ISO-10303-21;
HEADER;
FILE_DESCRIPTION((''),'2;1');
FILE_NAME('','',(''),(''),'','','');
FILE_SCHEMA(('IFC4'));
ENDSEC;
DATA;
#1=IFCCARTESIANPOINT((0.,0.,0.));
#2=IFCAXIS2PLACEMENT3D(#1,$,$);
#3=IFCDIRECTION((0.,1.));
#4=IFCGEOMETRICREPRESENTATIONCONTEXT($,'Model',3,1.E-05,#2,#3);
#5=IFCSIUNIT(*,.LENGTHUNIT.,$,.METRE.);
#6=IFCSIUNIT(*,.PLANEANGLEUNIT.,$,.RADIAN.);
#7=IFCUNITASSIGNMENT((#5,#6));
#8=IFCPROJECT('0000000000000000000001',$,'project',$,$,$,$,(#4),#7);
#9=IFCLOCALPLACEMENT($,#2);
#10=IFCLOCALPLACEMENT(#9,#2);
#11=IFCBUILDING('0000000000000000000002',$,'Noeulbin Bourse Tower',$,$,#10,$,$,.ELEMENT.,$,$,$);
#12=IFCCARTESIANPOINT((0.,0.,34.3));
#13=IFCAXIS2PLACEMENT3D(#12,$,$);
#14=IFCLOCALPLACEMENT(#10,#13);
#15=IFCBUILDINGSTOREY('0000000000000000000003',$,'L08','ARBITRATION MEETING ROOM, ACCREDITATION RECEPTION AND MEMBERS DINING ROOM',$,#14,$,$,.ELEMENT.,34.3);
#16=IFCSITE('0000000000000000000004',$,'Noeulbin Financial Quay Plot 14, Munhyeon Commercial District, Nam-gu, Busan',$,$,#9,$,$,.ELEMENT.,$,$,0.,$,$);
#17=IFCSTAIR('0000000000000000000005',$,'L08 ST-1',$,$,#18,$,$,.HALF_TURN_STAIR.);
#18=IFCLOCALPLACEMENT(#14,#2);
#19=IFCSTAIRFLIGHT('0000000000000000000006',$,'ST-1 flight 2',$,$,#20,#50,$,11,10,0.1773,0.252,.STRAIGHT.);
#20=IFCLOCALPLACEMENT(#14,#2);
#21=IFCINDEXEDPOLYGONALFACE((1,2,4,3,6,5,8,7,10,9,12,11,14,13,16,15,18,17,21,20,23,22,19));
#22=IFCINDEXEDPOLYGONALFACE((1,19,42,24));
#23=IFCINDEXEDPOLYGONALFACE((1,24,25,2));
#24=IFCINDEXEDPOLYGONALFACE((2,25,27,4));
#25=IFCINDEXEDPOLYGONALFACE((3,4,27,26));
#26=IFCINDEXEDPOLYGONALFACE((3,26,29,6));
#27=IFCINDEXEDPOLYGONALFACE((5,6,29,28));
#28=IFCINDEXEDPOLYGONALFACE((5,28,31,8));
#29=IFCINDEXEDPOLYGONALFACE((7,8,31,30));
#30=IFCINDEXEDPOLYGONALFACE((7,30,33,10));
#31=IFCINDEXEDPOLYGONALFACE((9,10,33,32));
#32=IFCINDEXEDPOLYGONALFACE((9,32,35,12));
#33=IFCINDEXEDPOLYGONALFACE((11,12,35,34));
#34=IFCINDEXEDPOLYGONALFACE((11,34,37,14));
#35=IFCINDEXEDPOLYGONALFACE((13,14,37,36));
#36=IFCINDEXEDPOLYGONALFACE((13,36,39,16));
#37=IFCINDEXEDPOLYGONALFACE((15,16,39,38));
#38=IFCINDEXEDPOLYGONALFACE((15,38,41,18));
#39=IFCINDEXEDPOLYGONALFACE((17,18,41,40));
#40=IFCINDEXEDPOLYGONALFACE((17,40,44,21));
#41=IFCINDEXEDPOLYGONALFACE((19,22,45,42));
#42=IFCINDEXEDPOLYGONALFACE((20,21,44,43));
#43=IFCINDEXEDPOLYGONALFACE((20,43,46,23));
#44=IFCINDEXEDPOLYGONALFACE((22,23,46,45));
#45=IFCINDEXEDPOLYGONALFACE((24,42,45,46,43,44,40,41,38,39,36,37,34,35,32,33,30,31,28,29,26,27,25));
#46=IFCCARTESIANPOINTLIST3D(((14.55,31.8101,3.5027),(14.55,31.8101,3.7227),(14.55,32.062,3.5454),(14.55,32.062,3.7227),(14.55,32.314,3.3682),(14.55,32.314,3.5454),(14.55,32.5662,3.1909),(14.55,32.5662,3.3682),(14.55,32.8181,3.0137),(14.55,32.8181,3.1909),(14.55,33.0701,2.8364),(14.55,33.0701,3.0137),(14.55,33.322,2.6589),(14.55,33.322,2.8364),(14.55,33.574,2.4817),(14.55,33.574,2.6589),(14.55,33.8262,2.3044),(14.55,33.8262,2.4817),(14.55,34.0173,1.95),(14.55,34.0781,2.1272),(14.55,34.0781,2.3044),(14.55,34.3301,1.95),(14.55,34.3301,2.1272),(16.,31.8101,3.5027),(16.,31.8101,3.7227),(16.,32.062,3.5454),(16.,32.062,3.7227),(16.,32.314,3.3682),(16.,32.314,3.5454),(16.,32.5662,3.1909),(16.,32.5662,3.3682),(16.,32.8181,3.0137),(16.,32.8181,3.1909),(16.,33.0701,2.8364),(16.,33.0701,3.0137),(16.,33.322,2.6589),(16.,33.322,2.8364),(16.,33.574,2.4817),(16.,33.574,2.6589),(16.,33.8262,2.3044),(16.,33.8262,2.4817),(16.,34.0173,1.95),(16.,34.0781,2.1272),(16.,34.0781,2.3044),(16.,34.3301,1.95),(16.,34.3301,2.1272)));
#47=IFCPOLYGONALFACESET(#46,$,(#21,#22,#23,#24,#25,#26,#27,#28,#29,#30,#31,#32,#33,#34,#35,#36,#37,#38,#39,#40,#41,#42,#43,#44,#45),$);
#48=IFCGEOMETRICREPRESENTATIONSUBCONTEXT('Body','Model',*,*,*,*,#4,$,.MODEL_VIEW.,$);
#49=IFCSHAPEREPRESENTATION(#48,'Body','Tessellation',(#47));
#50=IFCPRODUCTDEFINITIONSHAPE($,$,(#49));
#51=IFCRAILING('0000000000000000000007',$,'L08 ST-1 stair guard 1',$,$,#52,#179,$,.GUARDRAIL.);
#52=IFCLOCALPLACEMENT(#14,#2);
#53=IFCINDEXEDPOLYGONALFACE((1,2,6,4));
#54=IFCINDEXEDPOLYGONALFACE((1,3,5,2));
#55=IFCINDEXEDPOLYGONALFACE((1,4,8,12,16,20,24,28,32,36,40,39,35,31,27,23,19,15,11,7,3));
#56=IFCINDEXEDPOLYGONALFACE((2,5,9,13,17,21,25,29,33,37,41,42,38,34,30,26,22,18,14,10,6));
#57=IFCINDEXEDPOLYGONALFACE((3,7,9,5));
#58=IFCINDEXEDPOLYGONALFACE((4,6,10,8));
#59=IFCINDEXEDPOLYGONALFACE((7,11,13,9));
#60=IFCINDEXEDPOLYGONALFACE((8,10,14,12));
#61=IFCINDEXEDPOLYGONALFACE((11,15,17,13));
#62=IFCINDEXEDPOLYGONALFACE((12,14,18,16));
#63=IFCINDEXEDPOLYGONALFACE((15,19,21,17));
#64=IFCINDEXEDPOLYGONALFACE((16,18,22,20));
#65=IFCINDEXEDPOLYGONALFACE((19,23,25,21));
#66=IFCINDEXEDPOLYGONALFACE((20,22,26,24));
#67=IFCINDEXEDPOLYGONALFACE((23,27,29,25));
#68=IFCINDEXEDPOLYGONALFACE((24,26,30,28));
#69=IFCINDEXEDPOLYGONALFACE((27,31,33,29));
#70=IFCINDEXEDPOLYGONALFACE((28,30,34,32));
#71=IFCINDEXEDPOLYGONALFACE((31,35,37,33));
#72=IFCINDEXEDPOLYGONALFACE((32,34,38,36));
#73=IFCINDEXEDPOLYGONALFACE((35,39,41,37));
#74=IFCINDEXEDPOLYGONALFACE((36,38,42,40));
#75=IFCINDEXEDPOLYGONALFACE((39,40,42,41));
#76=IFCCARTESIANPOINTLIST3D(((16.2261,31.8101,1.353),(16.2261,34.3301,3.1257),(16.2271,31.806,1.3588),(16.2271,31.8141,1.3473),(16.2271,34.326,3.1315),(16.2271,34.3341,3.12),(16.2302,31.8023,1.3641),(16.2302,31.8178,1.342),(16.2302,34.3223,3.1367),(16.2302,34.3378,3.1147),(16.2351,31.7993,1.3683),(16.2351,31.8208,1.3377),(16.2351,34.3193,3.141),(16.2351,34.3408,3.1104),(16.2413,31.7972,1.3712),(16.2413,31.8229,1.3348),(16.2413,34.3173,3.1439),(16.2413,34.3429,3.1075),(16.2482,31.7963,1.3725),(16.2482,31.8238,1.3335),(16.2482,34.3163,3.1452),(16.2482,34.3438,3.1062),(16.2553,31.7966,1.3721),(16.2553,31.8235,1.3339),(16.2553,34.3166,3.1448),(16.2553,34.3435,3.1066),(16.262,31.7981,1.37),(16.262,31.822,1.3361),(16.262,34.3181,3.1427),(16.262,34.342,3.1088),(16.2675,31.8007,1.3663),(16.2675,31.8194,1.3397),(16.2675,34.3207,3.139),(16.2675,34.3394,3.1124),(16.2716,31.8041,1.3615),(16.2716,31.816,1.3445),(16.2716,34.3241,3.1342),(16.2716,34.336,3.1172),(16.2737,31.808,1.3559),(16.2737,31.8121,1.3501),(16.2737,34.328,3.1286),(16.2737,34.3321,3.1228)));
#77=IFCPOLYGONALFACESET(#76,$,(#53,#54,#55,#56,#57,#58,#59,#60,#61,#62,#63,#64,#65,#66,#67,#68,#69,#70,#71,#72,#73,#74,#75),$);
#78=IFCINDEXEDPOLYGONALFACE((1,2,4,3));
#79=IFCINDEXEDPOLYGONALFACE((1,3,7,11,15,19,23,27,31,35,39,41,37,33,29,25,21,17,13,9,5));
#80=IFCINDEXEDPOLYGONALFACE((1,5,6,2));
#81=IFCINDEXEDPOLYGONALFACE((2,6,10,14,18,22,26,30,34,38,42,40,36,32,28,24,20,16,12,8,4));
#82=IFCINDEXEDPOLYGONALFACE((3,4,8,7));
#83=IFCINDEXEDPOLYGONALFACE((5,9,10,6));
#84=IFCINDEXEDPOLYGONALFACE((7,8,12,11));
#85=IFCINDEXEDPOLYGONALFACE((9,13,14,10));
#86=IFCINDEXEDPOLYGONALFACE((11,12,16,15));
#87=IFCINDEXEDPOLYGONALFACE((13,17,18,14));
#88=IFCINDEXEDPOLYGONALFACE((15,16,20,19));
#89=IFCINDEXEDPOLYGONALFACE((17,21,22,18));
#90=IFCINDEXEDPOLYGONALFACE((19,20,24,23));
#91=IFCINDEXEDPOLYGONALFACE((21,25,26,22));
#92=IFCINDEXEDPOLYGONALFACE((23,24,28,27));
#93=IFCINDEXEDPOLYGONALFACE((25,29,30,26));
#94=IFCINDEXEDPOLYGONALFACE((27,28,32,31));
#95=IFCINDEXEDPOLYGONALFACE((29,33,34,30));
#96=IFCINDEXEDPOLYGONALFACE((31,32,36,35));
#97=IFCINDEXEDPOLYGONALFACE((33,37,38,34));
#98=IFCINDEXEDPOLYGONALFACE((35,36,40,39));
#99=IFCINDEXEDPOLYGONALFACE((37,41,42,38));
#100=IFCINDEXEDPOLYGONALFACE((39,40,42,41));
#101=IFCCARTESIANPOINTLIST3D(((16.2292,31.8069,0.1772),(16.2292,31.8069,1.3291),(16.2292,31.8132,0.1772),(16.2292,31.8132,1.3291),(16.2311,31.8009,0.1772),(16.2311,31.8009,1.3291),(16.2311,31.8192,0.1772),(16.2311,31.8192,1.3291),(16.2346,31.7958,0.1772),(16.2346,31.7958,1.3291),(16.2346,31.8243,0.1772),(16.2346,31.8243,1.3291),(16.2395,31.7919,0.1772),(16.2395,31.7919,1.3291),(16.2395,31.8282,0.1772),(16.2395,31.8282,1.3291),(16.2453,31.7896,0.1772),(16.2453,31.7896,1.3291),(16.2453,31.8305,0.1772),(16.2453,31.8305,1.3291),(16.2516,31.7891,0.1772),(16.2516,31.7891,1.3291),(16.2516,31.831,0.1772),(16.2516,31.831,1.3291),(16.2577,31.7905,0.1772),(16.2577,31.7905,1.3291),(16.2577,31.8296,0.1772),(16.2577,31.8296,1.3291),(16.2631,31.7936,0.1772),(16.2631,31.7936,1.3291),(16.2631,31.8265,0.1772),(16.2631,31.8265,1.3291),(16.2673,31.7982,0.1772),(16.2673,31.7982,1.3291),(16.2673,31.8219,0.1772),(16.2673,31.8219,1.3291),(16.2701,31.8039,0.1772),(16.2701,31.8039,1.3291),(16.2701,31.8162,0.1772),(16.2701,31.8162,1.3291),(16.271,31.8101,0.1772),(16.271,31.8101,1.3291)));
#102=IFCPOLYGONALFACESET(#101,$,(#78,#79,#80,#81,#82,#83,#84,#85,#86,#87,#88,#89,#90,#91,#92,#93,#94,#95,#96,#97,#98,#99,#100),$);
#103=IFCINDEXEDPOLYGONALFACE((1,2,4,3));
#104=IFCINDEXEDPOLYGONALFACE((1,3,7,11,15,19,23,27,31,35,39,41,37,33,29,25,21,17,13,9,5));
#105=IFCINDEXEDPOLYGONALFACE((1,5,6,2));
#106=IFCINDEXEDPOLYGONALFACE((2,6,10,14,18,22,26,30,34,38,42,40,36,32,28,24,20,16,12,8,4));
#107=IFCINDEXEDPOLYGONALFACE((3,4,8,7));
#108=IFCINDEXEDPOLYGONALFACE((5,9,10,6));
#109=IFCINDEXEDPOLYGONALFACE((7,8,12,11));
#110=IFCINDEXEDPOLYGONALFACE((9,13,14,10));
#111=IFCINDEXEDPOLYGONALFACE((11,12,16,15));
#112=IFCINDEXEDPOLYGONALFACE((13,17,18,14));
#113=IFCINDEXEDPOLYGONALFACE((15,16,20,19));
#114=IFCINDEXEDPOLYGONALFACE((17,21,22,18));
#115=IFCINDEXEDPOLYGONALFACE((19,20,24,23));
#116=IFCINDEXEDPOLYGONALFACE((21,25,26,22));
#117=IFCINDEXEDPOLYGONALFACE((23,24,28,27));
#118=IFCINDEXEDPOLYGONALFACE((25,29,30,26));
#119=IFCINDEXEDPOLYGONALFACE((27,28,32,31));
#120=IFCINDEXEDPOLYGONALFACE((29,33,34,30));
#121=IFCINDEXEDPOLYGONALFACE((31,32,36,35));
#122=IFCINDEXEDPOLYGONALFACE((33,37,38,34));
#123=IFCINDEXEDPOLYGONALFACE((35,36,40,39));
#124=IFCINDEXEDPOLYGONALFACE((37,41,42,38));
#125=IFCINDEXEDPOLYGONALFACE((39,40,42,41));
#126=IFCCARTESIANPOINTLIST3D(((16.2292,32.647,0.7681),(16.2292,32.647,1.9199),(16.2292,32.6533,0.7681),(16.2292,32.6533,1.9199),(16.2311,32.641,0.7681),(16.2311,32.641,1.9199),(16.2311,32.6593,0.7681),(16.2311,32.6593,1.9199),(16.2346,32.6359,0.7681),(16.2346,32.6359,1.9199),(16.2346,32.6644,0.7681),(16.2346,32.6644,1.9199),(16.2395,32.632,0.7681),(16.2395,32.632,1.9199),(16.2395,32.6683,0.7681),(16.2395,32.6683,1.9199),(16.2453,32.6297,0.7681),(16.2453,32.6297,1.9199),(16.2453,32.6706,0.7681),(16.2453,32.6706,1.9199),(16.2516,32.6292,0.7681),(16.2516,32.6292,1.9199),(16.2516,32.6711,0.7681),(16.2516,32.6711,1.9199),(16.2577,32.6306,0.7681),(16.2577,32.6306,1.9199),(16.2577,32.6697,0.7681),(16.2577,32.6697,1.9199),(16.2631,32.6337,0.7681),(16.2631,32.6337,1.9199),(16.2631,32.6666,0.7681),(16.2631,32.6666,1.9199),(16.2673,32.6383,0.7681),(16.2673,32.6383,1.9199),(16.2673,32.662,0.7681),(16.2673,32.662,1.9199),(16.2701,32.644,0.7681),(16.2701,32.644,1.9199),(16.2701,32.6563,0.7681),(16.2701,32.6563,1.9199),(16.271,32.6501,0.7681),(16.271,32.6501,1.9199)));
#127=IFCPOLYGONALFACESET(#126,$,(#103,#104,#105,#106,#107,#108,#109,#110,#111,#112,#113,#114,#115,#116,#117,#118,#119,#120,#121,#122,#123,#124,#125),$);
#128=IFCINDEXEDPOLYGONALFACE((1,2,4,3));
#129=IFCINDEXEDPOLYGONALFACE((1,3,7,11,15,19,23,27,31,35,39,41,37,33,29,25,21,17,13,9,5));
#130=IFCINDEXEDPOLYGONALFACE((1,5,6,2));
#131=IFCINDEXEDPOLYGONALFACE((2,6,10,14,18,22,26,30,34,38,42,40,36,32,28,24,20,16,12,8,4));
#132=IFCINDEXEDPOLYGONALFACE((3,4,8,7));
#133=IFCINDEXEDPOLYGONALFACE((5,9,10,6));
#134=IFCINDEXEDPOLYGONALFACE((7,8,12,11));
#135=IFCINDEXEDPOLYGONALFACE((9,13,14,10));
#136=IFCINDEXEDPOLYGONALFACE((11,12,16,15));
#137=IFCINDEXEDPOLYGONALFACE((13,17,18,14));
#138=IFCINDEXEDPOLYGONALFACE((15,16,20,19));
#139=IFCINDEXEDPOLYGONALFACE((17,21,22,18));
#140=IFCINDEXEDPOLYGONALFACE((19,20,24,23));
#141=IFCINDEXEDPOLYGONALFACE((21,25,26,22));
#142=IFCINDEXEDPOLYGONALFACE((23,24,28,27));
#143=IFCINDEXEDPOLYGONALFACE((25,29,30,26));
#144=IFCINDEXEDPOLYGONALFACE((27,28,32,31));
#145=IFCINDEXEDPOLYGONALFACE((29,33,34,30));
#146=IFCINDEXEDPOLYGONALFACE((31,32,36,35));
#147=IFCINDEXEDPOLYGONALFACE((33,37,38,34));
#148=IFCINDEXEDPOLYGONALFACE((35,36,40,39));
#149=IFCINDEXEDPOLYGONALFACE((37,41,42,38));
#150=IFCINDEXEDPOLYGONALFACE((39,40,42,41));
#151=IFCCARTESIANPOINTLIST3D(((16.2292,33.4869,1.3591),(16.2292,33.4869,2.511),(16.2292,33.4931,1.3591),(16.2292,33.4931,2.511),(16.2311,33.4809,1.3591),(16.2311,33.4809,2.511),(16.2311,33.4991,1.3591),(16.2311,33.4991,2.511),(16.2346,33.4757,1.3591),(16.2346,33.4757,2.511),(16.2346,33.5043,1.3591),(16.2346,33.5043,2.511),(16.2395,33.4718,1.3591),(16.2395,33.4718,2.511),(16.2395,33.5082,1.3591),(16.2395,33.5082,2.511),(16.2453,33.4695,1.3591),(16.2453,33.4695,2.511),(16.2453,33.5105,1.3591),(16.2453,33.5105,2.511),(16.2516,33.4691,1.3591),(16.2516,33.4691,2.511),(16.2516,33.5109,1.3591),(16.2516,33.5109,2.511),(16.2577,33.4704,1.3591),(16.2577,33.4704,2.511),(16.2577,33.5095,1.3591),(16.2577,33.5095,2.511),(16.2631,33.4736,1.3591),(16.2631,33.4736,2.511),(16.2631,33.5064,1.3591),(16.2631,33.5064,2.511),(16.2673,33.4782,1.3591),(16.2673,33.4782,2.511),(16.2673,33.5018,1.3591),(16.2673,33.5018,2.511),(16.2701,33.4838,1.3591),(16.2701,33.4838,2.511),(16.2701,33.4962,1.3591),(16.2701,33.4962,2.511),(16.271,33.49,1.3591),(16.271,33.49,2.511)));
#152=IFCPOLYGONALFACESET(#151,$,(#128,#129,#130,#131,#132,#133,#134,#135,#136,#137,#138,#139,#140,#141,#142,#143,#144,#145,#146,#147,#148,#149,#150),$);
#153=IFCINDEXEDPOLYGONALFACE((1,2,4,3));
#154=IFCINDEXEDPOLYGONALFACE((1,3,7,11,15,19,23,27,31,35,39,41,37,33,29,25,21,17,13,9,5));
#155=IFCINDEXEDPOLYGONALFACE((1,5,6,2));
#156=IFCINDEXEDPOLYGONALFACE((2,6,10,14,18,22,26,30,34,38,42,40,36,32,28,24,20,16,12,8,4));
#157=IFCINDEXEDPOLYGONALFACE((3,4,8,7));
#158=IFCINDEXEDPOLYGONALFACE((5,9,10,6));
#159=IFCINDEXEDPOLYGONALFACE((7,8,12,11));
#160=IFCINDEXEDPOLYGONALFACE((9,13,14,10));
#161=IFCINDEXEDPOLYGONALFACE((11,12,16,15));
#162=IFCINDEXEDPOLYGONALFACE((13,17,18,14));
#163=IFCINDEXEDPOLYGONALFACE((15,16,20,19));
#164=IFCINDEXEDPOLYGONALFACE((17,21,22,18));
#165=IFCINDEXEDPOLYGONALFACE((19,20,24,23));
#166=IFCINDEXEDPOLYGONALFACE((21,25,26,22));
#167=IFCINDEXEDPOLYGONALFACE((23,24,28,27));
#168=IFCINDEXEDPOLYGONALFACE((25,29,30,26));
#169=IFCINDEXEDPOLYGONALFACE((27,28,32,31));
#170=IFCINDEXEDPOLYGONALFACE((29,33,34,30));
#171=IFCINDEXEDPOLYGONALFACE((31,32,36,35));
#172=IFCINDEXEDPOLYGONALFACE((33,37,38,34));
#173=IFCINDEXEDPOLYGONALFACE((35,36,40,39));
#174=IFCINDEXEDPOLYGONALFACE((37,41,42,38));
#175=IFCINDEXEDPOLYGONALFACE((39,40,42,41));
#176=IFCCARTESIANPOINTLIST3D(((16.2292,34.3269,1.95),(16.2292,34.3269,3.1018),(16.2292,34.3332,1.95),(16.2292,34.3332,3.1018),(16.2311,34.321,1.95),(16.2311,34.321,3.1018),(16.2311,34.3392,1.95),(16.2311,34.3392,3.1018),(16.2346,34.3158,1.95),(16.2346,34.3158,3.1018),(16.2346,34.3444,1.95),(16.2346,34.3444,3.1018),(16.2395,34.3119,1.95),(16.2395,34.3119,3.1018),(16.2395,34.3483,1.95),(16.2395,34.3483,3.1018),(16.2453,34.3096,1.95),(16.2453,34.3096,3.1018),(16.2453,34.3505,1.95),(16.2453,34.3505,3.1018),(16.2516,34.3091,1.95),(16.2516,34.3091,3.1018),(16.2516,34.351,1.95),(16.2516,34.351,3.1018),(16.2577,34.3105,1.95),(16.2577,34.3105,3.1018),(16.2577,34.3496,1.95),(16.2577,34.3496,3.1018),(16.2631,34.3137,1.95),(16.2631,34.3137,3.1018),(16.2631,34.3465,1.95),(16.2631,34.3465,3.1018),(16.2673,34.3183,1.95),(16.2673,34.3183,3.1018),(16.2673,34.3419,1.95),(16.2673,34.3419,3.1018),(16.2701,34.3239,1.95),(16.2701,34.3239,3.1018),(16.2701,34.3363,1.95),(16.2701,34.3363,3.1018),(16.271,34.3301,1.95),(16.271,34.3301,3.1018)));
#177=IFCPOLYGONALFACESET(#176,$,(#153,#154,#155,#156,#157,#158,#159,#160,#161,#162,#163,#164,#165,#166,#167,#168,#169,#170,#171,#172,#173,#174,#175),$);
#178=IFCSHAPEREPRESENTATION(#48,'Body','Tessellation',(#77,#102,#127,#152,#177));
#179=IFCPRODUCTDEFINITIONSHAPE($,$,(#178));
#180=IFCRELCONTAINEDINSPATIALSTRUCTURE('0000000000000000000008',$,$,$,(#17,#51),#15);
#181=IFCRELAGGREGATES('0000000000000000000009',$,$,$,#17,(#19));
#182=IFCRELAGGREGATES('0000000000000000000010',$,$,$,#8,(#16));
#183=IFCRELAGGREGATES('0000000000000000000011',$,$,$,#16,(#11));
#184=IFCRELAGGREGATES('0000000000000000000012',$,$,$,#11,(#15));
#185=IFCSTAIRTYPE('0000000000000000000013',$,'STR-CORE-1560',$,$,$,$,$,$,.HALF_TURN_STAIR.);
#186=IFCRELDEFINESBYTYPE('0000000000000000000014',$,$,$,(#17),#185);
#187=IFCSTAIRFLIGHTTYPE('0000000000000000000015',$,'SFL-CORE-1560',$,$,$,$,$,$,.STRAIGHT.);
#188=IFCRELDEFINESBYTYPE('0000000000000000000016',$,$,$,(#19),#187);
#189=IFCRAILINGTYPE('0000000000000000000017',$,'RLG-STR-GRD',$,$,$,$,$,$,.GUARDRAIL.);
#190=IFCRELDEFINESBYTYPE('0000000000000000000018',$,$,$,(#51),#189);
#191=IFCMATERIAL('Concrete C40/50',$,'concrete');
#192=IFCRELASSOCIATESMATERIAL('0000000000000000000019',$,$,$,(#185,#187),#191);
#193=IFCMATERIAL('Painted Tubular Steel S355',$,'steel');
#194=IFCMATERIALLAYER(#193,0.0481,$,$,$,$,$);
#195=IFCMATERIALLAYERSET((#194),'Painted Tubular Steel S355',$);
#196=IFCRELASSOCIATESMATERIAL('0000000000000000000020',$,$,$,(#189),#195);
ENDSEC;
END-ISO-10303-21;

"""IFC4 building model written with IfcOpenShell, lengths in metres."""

from ifc_helpers import new_model, si_unit, direction, frame, origin, origin_2d, place, context, subcontext, project, spatial, polyline, circle, outline, extrude, material, layer, layer_set, type_object, element, aggregate, save


model = new_model("IFC4")

# Units and contexts
model_context = context("Model", 3, precision=1e-05, world=origin(), true_north=direction((0.0, 1.0)))
body_context = subcontext(model_context, "Body", "Model", "MODEL_VIEW")
ifc_project = project(units=[si_unit("LENGTHUNIT", "METRE"), si_unit("PLANEANGLEUNIT", "RADIAN")], contexts=[model_context])

# Site, building, storey
site_placement = place(None, origin())
site = spatial("IfcSite", under=ifc_project, at=site_placement, Name="Noeulbin Financial Quay Plot 14, Munhyeon Commercial District, Nam-gu, Busan", CompositionType="ELEMENT", RefElevation=0.0)
building_placement = place(site_placement, origin())
building = spatial("IfcBuilding", under=site, at=building_placement, Name="Noeulbin Bourse Tower", CompositionType="ELEMENT")
storey_placement = place(building_placement, frame((0.0, 0.0, 34.3)))
storey = spatial("IfcBuildingStorey", under=building, at=storey_placement, Name="L08", Description="ARBITRATION MEETING ROOM, ACCREDITATION RECEPTION AND MEMBERS DINING ROOM", CompositionType="ELEMENT", Elevation=34.3)

# Shared definitions
ifc_material_1 = material(Name="Concrete C40/50", Category="concrete")

# Stair, stair flight
stair_type = type_object("IfcStairType", Name="STR-CORE-1560", PredefinedType="HALF_TURN_STAIR", material=ifc_material_1)
stair_placement = place(storey_placement, origin())
stair = element("IfcStair", 1, at=stair_placement, inside=storey, type_object=stair_type, Name="L08 ST-1", PredefinedType="HALF_TURN_STAIR")
stair_flight_type = type_object("IfcStairFlightType", Name="SFL-CORE-1560", PredefinedType="STRAIGHT", material=ifc_material_1)
stair_flight_1_placement = place(storey_placement, frame((15.2749, 34.3301, 1.95), z_axis=(0.0, 0.0, 1.0), x_axis=(0.0, -1.0, 0.0)))
stair_flight_1 = element("IfcStairFlight", 2, at=stair_flight_1_placement, type_object=stair_flight_type, Name="ST-1 flight 2", NumberOfRisers=11, NumberOfTreads=10, PredefinedType="STRAIGHT", RiserHeight=0.1773, TreadLength=0.252, context=body_context, shape_type="SweptSolid", body=[
    extrude(outline(polyline([(0.0, 0.0), (0.0, 0.1772), (0.252, 0.1772), (0.252, 0.3545), (0.5039, 0.3545), (0.5039, 0.5317), (0.7561, 0.5317), (0.7561, 0.709), (1.0081, 0.709), (1.0081, 0.8865), (1.26, 0.8865), (1.26, 1.0637), (1.512, 1.0637), (1.512, 1.241), (1.7639, 1.241), (1.7639, 1.4182), (2.0161, 1.4182), (2.0161, 1.5955), (2.2681, 1.5955), (2.2681, 1.7727), (2.52, 1.7727), (2.52, 1.95), (2.52, 1.5527), (0.3127, 0.0), (0.0, 0.0)])), frame((0.0, 0.7251, 0.0), z_axis=(0.0, -1.0, 0.0), x_axis=(1.0, 0.0, 0.0)), (0.0, 0.0, 1.0), 1.45),
])
aggregate(stair, [stair_flight_1])

# Railing
ifc_material_2 = material(Name="Painted Tubular Steel S355", Category="steel")
ifc_layer_1 = layer(ifc_material_2, 0.0481)
ifc_layer_set_1 = layer_set([ifc_layer_1], Name="Painted Tubular Steel S355")
railing_type_1 = type_object("IfcRailingType", Name="RLG-STR-GRD", PredefinedType="GUARDRAIL", material=ifc_layer_set_1)
railing_1_placement = place(storey_placement, frame((16.25, 31.8101, 0.1772)))
element("IfcRailing", 3, at=railing_1_placement, inside=storey, type_object=railing_type_1, Name="L08 ST-1 stair guard 1", PredefinedType="GUARDRAIL", context=body_context, shape_type="SweptSolid", body=[
    extrude(circle(Radius=0.0239, at=origin_2d()), frame((0.0, 0.0, 1.1758), z_axis=(0.0, 0.817904, 0.575354), x_axis=(-1.0, 0.0, 0.0)), (0.0, 0.0, 1.0), 3.0811),
    extrude(circle(Radius=0.021, at=origin_2d()), origin(), (0.0, 0.0, 1.0), 1.1519),
    extrude(circle(Radius=0.021, at=origin_2d()), frame((0.0, 0.8401, 0.5908)), (0.0, 0.0, 1.0), 1.1519),
    extrude(circle(Radius=0.021, at=origin_2d()), frame((0.0, 1.6799, 1.1819)), (0.0, 0.0, 1.0), 1.1519),
    extrude(circle(Radius=0.021, at=origin_2d()), frame((0.0, 2.52, 1.7727)), (0.0, 0.0, 1.0), 1.1519),
])

save(model, "model.ifc")
